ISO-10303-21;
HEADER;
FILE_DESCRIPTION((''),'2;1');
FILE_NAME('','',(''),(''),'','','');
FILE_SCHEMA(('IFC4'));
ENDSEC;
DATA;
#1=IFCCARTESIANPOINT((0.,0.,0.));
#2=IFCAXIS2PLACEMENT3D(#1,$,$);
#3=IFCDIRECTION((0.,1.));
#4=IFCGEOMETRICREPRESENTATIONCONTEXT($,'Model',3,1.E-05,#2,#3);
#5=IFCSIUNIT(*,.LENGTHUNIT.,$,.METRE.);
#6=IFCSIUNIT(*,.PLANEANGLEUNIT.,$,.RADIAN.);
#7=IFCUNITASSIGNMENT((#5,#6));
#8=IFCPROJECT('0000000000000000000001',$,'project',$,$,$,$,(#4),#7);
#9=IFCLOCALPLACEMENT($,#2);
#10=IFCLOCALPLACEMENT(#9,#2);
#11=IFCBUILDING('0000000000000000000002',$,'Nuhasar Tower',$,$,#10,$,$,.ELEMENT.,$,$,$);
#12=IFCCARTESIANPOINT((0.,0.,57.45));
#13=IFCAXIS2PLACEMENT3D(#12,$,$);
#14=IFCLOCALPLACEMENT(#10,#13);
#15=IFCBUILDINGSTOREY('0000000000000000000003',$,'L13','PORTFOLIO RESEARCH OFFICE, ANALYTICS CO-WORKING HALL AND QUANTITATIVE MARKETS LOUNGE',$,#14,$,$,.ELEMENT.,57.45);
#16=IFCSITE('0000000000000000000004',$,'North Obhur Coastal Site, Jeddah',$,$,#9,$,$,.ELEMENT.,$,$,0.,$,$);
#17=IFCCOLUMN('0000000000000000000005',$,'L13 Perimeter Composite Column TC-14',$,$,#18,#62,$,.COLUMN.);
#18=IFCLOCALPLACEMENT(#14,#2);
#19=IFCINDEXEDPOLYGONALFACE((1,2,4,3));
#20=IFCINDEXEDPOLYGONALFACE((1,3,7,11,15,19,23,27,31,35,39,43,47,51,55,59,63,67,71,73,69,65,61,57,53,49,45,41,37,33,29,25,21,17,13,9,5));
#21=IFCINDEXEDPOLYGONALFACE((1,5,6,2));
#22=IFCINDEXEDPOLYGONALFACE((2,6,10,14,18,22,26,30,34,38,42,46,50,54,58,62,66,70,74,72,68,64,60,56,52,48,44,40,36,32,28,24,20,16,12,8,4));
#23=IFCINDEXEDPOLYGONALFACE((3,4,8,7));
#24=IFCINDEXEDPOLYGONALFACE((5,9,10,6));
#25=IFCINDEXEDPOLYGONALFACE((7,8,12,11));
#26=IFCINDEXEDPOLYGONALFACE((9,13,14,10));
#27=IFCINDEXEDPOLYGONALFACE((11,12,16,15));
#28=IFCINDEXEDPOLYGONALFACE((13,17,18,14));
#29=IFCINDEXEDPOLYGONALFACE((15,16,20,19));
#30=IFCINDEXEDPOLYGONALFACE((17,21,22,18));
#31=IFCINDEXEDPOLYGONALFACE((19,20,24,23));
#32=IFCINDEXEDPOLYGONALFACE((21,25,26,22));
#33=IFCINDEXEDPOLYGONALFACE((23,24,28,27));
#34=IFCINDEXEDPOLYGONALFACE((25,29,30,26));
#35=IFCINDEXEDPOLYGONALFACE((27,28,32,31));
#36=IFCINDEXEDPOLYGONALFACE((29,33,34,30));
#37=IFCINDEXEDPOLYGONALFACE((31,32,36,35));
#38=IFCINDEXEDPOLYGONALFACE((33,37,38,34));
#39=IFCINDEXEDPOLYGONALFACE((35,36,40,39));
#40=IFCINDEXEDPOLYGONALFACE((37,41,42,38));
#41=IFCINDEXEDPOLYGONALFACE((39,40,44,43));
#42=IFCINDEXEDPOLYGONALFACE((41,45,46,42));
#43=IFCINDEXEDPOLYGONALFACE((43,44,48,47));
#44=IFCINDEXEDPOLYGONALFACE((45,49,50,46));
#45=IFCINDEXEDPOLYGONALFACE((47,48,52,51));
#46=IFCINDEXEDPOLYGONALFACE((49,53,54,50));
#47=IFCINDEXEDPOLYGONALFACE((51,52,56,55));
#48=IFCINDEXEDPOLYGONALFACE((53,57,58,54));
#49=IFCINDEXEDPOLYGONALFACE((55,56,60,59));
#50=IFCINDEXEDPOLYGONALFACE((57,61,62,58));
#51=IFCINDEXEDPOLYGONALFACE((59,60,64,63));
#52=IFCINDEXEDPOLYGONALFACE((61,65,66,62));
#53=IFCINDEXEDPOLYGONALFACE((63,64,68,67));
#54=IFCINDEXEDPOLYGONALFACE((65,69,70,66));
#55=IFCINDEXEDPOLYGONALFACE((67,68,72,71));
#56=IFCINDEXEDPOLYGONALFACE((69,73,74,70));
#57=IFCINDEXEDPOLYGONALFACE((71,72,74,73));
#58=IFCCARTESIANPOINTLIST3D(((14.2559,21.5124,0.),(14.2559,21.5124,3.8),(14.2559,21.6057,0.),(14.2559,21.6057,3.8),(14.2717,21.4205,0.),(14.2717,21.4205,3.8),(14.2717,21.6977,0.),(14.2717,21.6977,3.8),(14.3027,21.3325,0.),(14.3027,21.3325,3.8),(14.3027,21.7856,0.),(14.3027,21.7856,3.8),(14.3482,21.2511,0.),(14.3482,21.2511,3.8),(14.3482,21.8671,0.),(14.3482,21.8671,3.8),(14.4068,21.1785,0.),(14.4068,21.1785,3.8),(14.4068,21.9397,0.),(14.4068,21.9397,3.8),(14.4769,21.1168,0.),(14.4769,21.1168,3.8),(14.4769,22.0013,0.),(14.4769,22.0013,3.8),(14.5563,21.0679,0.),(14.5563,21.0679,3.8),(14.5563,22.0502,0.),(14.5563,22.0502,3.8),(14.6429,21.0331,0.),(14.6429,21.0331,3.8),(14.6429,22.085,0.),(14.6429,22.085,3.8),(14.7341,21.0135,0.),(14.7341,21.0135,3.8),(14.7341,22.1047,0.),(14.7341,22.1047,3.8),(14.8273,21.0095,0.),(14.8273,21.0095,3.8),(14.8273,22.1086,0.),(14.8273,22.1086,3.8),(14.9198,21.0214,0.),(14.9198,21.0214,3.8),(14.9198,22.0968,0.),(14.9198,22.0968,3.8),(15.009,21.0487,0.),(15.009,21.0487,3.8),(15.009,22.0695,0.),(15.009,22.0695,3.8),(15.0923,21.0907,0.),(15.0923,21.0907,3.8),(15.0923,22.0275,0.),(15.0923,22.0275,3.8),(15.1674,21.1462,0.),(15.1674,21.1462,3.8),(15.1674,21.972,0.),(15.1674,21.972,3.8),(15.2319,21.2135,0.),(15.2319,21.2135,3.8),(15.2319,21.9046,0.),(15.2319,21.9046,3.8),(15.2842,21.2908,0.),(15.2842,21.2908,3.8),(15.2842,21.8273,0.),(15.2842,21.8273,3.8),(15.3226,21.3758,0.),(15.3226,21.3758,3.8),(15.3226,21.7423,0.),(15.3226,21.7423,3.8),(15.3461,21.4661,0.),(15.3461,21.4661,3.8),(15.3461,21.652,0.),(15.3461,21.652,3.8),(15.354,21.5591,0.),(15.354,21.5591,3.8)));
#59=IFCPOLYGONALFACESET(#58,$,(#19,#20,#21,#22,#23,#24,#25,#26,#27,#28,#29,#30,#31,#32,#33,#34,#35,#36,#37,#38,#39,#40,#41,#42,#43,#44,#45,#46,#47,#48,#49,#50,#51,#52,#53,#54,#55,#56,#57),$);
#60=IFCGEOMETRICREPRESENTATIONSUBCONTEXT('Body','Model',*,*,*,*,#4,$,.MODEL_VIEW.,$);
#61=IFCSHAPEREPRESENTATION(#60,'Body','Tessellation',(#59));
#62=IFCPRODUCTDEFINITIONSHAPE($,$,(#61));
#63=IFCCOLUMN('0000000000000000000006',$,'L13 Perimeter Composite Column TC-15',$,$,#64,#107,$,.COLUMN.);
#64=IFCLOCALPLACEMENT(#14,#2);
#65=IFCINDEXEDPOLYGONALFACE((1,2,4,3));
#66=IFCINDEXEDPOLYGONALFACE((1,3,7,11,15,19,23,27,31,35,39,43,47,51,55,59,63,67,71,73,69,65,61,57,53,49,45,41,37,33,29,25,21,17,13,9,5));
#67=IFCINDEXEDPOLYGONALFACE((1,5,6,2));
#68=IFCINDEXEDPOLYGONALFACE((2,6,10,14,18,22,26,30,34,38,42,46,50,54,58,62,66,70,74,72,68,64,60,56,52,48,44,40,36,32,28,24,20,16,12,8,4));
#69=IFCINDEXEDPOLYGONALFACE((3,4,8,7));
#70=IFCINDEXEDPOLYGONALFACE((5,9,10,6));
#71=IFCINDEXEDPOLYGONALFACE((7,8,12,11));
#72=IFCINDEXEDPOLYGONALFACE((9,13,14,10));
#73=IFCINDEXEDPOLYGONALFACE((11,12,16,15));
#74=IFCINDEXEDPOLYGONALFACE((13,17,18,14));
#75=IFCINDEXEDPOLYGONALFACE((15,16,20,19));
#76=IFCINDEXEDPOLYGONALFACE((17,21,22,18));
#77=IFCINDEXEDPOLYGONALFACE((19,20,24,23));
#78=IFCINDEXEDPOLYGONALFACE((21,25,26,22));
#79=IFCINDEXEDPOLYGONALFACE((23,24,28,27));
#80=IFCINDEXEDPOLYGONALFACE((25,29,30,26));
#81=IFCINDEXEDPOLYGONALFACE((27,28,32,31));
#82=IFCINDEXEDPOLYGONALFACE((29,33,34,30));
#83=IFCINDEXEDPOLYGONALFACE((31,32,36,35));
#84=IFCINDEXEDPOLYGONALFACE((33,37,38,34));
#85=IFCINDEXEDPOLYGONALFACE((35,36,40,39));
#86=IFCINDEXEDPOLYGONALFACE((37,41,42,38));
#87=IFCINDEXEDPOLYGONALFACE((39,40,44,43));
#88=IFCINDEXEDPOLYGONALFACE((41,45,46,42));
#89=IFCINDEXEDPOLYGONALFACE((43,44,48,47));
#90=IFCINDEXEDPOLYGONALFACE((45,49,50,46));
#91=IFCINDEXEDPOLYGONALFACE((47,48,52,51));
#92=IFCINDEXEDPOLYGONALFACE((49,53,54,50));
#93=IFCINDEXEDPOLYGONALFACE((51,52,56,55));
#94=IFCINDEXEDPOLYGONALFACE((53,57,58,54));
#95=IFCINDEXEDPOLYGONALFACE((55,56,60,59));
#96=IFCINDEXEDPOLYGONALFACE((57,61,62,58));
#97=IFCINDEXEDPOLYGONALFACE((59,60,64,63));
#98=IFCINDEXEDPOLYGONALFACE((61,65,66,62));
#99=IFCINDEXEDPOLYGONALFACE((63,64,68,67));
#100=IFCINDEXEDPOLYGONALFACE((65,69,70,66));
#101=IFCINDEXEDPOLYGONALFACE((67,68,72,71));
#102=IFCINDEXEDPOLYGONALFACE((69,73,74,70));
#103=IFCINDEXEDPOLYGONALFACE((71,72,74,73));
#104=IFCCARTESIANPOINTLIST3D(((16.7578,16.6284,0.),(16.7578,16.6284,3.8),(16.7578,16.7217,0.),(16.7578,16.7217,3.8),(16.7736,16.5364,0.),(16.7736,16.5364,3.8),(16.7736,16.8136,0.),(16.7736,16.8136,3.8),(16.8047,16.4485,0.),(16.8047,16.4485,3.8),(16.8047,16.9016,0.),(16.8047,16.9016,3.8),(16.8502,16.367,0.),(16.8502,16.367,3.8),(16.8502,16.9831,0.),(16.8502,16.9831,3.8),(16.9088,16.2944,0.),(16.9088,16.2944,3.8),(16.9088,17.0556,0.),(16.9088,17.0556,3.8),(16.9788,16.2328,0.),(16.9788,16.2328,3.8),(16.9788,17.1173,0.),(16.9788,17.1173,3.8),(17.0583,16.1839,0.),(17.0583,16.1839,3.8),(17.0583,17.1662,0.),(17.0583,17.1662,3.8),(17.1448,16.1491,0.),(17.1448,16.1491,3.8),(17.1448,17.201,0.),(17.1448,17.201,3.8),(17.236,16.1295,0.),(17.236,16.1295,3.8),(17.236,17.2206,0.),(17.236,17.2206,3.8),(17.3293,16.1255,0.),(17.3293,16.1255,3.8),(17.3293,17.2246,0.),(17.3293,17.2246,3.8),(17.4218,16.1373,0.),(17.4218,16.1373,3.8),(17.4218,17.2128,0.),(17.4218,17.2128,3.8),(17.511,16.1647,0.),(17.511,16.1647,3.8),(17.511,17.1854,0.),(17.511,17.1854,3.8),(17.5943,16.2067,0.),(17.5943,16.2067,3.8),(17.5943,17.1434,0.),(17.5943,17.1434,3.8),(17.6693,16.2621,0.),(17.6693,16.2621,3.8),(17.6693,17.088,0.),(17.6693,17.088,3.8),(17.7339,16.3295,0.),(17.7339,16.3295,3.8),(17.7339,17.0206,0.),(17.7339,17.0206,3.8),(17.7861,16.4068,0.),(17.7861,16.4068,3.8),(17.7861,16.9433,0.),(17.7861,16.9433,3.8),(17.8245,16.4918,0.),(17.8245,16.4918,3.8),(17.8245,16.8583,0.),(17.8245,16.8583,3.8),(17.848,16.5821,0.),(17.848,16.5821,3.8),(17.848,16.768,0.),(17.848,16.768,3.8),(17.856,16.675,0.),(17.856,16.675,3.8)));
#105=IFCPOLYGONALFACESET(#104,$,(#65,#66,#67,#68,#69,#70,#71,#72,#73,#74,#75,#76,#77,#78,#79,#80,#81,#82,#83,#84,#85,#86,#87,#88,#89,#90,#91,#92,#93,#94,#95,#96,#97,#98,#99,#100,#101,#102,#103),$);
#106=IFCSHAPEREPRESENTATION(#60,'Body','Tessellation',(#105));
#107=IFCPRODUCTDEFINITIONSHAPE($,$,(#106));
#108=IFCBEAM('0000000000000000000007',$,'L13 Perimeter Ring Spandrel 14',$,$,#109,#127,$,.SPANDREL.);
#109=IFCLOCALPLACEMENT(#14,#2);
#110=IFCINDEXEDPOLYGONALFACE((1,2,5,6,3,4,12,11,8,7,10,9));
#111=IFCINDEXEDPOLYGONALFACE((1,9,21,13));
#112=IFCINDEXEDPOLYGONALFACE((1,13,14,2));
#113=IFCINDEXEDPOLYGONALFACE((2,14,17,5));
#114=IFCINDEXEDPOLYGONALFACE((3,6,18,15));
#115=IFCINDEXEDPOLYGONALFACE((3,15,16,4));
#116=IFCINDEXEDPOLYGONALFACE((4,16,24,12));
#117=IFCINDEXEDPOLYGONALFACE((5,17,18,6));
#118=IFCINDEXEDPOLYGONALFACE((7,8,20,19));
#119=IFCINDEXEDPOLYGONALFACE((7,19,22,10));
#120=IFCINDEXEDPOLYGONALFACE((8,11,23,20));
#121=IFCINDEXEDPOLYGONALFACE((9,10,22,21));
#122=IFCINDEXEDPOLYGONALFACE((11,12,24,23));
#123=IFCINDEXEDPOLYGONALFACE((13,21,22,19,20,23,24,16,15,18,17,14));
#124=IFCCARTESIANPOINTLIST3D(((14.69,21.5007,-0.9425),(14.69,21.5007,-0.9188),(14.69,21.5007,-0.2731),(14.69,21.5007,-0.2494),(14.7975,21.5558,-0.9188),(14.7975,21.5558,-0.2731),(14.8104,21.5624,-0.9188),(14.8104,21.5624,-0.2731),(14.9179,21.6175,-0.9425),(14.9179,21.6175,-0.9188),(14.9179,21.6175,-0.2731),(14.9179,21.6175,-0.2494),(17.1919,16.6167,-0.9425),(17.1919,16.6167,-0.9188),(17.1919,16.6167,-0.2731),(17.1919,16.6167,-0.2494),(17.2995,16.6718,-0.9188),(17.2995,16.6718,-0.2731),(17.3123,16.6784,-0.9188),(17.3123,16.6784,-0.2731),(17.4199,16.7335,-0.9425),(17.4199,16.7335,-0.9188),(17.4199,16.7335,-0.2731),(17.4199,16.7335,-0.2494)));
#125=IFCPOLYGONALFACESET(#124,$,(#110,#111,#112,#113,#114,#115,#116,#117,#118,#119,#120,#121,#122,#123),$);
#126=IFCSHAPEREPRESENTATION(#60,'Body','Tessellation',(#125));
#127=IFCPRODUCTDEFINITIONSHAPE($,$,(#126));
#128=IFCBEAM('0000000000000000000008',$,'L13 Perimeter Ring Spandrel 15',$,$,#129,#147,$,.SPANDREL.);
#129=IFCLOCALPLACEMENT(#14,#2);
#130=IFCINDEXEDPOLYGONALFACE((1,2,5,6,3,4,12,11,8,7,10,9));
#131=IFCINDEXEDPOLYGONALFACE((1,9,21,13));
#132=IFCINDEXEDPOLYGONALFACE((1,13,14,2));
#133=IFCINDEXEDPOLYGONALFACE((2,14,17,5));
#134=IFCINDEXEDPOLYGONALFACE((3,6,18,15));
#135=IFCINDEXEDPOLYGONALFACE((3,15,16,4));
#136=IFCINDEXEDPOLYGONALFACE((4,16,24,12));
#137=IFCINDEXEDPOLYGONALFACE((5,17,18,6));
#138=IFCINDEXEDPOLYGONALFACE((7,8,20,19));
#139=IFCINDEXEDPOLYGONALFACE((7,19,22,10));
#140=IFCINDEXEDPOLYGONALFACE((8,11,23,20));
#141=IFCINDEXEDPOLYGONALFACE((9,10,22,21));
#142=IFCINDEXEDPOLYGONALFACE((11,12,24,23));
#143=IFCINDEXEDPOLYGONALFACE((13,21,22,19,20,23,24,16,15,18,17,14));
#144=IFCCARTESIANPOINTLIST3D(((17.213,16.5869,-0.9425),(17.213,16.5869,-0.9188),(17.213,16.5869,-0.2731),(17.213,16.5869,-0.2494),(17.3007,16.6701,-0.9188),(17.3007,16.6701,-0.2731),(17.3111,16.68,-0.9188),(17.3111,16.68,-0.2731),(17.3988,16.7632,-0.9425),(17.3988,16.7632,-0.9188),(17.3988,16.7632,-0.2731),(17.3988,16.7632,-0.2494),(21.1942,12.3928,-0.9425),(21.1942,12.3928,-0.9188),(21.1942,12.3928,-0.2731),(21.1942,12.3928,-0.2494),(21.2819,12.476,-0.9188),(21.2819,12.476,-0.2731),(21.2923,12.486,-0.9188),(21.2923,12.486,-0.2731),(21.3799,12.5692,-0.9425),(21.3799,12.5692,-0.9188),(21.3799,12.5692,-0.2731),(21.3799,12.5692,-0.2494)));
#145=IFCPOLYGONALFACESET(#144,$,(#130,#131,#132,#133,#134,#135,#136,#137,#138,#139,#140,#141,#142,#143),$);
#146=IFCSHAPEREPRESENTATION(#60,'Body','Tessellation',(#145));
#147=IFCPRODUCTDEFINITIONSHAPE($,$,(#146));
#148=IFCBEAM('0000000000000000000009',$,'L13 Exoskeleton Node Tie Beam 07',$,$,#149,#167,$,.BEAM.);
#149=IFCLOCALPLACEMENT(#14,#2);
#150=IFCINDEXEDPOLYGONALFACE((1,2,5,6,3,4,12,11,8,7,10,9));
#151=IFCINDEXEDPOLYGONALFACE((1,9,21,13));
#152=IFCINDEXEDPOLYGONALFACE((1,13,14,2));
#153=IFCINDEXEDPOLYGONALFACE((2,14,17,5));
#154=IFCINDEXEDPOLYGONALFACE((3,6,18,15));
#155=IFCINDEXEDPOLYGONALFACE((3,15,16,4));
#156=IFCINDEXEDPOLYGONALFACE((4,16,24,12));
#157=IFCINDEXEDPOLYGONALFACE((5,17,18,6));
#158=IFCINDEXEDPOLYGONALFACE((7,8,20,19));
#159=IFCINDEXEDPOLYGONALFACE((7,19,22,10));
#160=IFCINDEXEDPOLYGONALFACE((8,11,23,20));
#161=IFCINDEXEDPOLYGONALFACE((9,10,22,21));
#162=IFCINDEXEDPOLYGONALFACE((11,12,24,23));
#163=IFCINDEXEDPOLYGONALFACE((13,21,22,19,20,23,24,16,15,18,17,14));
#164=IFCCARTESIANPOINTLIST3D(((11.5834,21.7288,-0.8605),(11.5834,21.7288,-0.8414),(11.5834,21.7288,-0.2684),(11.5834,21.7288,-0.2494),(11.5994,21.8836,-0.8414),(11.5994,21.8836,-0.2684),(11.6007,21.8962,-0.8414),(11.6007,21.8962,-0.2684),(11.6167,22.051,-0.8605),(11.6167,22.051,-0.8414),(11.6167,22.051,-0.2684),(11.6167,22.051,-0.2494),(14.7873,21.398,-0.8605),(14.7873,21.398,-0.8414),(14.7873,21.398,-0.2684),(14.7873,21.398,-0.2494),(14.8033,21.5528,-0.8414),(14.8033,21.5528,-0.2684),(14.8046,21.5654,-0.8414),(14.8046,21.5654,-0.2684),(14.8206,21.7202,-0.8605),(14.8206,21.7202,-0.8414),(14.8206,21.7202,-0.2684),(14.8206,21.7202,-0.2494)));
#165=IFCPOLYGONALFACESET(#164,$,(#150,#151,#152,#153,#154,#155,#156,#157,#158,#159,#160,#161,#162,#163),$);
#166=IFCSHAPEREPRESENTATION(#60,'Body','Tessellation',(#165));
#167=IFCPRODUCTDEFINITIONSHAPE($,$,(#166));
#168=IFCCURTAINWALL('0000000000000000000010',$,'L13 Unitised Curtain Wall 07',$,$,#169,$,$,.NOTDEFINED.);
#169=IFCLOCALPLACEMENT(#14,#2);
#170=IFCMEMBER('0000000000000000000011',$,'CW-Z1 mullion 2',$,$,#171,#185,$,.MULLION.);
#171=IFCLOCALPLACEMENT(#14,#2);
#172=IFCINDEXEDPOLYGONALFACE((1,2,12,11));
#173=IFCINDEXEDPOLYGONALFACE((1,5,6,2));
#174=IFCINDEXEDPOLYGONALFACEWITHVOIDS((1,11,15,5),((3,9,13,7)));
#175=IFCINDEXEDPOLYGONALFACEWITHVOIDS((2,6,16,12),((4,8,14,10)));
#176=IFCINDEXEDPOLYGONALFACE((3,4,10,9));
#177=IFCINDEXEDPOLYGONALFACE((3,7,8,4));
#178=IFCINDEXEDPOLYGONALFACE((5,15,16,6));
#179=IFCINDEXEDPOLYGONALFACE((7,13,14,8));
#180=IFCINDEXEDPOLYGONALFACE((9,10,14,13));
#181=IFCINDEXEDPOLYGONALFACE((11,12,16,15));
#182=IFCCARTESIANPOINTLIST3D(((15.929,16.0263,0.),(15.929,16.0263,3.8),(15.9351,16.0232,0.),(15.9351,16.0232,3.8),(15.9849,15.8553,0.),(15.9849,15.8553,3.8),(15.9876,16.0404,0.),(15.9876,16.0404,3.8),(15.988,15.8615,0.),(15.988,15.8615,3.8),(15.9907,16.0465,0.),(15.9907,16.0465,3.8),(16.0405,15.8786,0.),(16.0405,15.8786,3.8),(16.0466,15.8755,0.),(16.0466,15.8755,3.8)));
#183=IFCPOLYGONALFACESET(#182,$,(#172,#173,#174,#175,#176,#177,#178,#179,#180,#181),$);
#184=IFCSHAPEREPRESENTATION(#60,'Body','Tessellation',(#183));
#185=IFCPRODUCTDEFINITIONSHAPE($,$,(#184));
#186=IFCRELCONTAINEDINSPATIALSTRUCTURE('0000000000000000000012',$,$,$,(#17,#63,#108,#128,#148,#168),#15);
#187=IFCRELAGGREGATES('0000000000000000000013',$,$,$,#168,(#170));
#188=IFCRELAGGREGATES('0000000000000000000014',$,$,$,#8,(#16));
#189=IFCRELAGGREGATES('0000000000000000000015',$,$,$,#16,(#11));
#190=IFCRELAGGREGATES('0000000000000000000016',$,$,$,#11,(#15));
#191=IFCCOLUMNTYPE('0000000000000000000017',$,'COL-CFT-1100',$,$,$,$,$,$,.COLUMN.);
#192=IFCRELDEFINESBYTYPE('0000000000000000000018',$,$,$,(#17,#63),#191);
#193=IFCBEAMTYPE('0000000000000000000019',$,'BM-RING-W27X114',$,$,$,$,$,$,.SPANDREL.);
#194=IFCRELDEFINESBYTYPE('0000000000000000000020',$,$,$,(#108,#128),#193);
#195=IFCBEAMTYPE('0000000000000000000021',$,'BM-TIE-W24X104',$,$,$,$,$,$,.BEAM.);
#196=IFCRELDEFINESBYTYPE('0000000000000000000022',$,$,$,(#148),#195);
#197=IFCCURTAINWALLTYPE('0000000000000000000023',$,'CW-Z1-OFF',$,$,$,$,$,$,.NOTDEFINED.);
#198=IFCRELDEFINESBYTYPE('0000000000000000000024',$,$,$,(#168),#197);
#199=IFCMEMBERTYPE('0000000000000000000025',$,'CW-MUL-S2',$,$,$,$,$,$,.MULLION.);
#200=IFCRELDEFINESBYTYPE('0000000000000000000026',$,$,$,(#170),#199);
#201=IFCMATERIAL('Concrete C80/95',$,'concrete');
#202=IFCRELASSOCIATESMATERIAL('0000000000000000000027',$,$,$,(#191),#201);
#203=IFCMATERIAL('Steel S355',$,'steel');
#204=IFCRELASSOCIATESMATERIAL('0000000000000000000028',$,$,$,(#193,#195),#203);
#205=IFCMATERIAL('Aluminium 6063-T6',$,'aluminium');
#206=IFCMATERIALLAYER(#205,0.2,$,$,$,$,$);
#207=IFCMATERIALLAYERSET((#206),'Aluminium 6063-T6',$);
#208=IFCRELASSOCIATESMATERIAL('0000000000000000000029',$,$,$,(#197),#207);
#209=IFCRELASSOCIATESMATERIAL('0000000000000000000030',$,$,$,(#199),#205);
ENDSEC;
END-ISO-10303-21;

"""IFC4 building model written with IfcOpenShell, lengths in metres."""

from ifc_helpers import new_model, si_unit, direction, frame, origin, origin_2d, place, context, subcontext, project, spatial, hollow_rectangle, circle, i_section, extrude, material, layer, layer_set, material_profile, profile_set, type_object, element, aggregate, save


model = new_model("IFC4")

# Units and contexts
model_context = context("Model", 3, precision=1e-05, world=origin(), true_north=direction((0.0, 1.0)))
body_context = subcontext(model_context, "Body", "Model", "MODEL_VIEW")
ifc_project = project(units=[si_unit("LENGTHUNIT", "METRE"), si_unit("PLANEANGLEUNIT", "RADIAN")], contexts=[model_context])

# Site, building, storey
site_placement = place(None, origin())
site = spatial("IfcSite", under=ifc_project, at=site_placement, Name="North Obhur Coastal Site, Jeddah", CompositionType="ELEMENT", RefElevation=0.0)
building_placement = place(site_placement, origin())
building = spatial("IfcBuilding", under=site, at=building_placement, Name="Nuhasar Tower", CompositionType="ELEMENT")
storey_placement = place(building_placement, frame((0.0, 0.0, 57.45)))
storey = spatial("IfcBuildingStorey", under=building, at=storey_placement, Name="L13", Description="PORTFOLIO RESEARCH OFFICE, ANALYTICS CO-WORKING HALL AND QUANTITATIVE MARKETS LOUNGE", CompositionType="ELEMENT", Elevation=57.45)

# Columns
ifc_material_1 = material(Name="Concrete C80/95", Category="concrete")
ifc_material_profile_1 = material_profile(ifc_material_1, circle(Radius=0.55, at=origin_2d()), Name="CFT1100")
ifc_profile_set_1 = profile_set([ifc_material_profile_1], Name="Concrete C80/95")
column_type = type_object("IfcColumnType", Name="COL-CFT-1100", PredefinedType="COLUMN", material=ifc_profile_set_1)
for number, where, z_axis, x_axis, name in (
    (1, (14.804, 21.5591, 0.0), (0.0, 0.0, 1.0), (1.0, 0.0, 0.0), "L13 Perimeter Composite Column TC-14"),
    (2, (17.3059, 16.675, 0.0), (0.0, 0.0, 1.0), (1.0, 0.0, 0.0), "L13 Perimeter Composite Column TC-15"),
):
    element("IfcColumn", number, at=place(storey_placement, frame(where, z_axis=z_axis, x_axis=x_axis)), inside=storey, type_object=column_type, Name=name, PredefinedType="COLUMN", context=body_context, shape_type="SweptSolid", body=[
        extrude(circle(Radius=0.55, at=origin_2d()), origin(), (0.0, 0.0, 1.0), 3.8),
    ])

# Beams
ifc_material_2 = material(Name="Steel S355", Category="steel")
ifc_material_profile_2 = material_profile(ifc_material_2, i_section(OverallWidth=0.2561, OverallDepth=0.6931, WebThickness=0.0144, FlangeThickness=0.0237, at=origin_2d()), Name="W27X114")
ifc_profile_set_2 = profile_set([ifc_material_profile_2], Name="Steel S355")
beam_type_1 = type_object("IfcBeamType", Name="BM-RING-W27X114", PredefinedType="SPANDREL", material=ifc_profile_set_2)
beam_1_placement = place(storey_placement, frame((14.804, 21.5591, -0.5959), z_axis=(0.45593, -0.890016, 0.0), x_axis=(0.890016, 0.45593, 0.0)))
element("IfcBeam", 3, at=beam_1_placement, inside=storey, type_object=beam_type_1, Name="L13 Perimeter Ring Spandrel 14", PredefinedType="SPANDREL", context=body_context, shape_type="SweptSolid", body=[
    extrude(i_section(OverallWidth=0.2561, OverallDepth=0.6931, WebThickness=0.0144, FlangeThickness=0.0237, at=origin_2d()), origin(), (0.0, 0.0, 1.0), 5.4875),
])
beam_2_placement = place(storey_placement, frame((17.3059, 16.675, -0.5959), z_axis=(0.68846, -0.725274, 0.0), x_axis=(0.725274, 0.68846, 0.0)))
element("IfcBeam", 4, at=beam_2_placement, inside=storey, type_object=beam_type_1, Name="L13 Perimeter Ring Spandrel 15", PredefinedType="SPANDREL", context=body_context, shape_type="SweptSolid", body=[
    extrude(i_section(OverallWidth=0.2561, OverallDepth=0.6931, WebThickness=0.0144, FlangeThickness=0.0237, at=origin_2d()), origin(), (0.0, 0.0, 1.0), 5.7827),
])
ifc_material_profile_3 = material_profile(ifc_material_2, i_section(OverallWidth=0.324, OverallDepth=0.6111, WebThickness=0.0127, FlangeThickness=0.019, at=origin_2d()), Name="W24X104")
ifc_profile_set_3 = profile_set([ifc_material_profile_3], Name="Steel S355")
beam_type_2 = type_object("IfcBeamType", Name="BM-TIE-W24X104", PredefinedType="BEAM", material=ifc_profile_set_3)
beam_3_placement = place(storey_placement, frame((14.804, 21.5591, -0.5549), z_axis=(-0.994712, 0.102708, 0.0), x_axis=(-0.102708, -0.994712, 0.0)))
element("IfcBeam", 5, at=beam_3_placement, inside=storey, type_object=beam_type_2, Name="L13 Exoskeleton Node Tie Beam 07", PredefinedType="BEAM", context=body_context, shape_type="SweptSolid", body=[
    extrude(i_section(OverallWidth=0.324, OverallDepth=0.6111, WebThickness=0.0127, FlangeThickness=0.019, at=origin_2d()), origin(), (0.0, 0.0, 1.0), 3.2209),
])

# Curtain wall, member
ifc_material_3 = material(Name="Aluminium 6063-T6", Category="aluminium")
ifc_layer_1 = layer(ifc_material_3, 0.2)
ifc_layer_set_1 = layer_set([ifc_layer_1], Name="Aluminium 6063-T6")
curtain_wall_type = type_object("IfcCurtainWallType", Name="CW-Z1-OFF", PredefinedType="NOTDEFINED", material=ifc_layer_set_1)
curtain_wall_1_placement = place(storey_placement, origin())
curtain_wall_1 = element("IfcCurtainWall", 6, at=curtain_wall_1_placement, inside=storey, type_object=curtain_wall_type, Name="L13 Unitised Curtain Wall 07", PredefinedType="NOTDEFINED")
ifc_material_profile_4 = material_profile(ifc_material_3, hollow_rectangle(XDim=0.0649, YDim=0.1799, WallThickness=0.0049, at=origin_2d()), Name="CWM-2")
ifc_profile_set_4 = profile_set([ifc_material_profile_4], Name="Aluminium 6063-T6")
member_type_1 = type_object("IfcMemberType", Name="CW-MUL-S2", PredefinedType="MULLION", material=ifc_profile_set_4)
member_1_placement = place(storey_placement, frame((15.9878, 15.9509, 0.0), z_axis=(0.0, 0.0, 1.0), x_axis=(0.950468, 0.310824, 0.0)))
member_1 = element("IfcMember", 7, at=member_1_placement, type_object=member_type_1, Name="CW-Z1 mullion 2", PredefinedType="MULLION", context=body_context, shape_type="SweptSolid", body=[
    extrude(hollow_rectangle(XDim=0.0649, YDim=0.1799, WallThickness=0.0049, at=origin_2d()), origin(), (0.0, 0.0, 1.0), 3.8),
])

aggregate(curtain_wall_1, [member_1])

save(model, "model.ifc")
